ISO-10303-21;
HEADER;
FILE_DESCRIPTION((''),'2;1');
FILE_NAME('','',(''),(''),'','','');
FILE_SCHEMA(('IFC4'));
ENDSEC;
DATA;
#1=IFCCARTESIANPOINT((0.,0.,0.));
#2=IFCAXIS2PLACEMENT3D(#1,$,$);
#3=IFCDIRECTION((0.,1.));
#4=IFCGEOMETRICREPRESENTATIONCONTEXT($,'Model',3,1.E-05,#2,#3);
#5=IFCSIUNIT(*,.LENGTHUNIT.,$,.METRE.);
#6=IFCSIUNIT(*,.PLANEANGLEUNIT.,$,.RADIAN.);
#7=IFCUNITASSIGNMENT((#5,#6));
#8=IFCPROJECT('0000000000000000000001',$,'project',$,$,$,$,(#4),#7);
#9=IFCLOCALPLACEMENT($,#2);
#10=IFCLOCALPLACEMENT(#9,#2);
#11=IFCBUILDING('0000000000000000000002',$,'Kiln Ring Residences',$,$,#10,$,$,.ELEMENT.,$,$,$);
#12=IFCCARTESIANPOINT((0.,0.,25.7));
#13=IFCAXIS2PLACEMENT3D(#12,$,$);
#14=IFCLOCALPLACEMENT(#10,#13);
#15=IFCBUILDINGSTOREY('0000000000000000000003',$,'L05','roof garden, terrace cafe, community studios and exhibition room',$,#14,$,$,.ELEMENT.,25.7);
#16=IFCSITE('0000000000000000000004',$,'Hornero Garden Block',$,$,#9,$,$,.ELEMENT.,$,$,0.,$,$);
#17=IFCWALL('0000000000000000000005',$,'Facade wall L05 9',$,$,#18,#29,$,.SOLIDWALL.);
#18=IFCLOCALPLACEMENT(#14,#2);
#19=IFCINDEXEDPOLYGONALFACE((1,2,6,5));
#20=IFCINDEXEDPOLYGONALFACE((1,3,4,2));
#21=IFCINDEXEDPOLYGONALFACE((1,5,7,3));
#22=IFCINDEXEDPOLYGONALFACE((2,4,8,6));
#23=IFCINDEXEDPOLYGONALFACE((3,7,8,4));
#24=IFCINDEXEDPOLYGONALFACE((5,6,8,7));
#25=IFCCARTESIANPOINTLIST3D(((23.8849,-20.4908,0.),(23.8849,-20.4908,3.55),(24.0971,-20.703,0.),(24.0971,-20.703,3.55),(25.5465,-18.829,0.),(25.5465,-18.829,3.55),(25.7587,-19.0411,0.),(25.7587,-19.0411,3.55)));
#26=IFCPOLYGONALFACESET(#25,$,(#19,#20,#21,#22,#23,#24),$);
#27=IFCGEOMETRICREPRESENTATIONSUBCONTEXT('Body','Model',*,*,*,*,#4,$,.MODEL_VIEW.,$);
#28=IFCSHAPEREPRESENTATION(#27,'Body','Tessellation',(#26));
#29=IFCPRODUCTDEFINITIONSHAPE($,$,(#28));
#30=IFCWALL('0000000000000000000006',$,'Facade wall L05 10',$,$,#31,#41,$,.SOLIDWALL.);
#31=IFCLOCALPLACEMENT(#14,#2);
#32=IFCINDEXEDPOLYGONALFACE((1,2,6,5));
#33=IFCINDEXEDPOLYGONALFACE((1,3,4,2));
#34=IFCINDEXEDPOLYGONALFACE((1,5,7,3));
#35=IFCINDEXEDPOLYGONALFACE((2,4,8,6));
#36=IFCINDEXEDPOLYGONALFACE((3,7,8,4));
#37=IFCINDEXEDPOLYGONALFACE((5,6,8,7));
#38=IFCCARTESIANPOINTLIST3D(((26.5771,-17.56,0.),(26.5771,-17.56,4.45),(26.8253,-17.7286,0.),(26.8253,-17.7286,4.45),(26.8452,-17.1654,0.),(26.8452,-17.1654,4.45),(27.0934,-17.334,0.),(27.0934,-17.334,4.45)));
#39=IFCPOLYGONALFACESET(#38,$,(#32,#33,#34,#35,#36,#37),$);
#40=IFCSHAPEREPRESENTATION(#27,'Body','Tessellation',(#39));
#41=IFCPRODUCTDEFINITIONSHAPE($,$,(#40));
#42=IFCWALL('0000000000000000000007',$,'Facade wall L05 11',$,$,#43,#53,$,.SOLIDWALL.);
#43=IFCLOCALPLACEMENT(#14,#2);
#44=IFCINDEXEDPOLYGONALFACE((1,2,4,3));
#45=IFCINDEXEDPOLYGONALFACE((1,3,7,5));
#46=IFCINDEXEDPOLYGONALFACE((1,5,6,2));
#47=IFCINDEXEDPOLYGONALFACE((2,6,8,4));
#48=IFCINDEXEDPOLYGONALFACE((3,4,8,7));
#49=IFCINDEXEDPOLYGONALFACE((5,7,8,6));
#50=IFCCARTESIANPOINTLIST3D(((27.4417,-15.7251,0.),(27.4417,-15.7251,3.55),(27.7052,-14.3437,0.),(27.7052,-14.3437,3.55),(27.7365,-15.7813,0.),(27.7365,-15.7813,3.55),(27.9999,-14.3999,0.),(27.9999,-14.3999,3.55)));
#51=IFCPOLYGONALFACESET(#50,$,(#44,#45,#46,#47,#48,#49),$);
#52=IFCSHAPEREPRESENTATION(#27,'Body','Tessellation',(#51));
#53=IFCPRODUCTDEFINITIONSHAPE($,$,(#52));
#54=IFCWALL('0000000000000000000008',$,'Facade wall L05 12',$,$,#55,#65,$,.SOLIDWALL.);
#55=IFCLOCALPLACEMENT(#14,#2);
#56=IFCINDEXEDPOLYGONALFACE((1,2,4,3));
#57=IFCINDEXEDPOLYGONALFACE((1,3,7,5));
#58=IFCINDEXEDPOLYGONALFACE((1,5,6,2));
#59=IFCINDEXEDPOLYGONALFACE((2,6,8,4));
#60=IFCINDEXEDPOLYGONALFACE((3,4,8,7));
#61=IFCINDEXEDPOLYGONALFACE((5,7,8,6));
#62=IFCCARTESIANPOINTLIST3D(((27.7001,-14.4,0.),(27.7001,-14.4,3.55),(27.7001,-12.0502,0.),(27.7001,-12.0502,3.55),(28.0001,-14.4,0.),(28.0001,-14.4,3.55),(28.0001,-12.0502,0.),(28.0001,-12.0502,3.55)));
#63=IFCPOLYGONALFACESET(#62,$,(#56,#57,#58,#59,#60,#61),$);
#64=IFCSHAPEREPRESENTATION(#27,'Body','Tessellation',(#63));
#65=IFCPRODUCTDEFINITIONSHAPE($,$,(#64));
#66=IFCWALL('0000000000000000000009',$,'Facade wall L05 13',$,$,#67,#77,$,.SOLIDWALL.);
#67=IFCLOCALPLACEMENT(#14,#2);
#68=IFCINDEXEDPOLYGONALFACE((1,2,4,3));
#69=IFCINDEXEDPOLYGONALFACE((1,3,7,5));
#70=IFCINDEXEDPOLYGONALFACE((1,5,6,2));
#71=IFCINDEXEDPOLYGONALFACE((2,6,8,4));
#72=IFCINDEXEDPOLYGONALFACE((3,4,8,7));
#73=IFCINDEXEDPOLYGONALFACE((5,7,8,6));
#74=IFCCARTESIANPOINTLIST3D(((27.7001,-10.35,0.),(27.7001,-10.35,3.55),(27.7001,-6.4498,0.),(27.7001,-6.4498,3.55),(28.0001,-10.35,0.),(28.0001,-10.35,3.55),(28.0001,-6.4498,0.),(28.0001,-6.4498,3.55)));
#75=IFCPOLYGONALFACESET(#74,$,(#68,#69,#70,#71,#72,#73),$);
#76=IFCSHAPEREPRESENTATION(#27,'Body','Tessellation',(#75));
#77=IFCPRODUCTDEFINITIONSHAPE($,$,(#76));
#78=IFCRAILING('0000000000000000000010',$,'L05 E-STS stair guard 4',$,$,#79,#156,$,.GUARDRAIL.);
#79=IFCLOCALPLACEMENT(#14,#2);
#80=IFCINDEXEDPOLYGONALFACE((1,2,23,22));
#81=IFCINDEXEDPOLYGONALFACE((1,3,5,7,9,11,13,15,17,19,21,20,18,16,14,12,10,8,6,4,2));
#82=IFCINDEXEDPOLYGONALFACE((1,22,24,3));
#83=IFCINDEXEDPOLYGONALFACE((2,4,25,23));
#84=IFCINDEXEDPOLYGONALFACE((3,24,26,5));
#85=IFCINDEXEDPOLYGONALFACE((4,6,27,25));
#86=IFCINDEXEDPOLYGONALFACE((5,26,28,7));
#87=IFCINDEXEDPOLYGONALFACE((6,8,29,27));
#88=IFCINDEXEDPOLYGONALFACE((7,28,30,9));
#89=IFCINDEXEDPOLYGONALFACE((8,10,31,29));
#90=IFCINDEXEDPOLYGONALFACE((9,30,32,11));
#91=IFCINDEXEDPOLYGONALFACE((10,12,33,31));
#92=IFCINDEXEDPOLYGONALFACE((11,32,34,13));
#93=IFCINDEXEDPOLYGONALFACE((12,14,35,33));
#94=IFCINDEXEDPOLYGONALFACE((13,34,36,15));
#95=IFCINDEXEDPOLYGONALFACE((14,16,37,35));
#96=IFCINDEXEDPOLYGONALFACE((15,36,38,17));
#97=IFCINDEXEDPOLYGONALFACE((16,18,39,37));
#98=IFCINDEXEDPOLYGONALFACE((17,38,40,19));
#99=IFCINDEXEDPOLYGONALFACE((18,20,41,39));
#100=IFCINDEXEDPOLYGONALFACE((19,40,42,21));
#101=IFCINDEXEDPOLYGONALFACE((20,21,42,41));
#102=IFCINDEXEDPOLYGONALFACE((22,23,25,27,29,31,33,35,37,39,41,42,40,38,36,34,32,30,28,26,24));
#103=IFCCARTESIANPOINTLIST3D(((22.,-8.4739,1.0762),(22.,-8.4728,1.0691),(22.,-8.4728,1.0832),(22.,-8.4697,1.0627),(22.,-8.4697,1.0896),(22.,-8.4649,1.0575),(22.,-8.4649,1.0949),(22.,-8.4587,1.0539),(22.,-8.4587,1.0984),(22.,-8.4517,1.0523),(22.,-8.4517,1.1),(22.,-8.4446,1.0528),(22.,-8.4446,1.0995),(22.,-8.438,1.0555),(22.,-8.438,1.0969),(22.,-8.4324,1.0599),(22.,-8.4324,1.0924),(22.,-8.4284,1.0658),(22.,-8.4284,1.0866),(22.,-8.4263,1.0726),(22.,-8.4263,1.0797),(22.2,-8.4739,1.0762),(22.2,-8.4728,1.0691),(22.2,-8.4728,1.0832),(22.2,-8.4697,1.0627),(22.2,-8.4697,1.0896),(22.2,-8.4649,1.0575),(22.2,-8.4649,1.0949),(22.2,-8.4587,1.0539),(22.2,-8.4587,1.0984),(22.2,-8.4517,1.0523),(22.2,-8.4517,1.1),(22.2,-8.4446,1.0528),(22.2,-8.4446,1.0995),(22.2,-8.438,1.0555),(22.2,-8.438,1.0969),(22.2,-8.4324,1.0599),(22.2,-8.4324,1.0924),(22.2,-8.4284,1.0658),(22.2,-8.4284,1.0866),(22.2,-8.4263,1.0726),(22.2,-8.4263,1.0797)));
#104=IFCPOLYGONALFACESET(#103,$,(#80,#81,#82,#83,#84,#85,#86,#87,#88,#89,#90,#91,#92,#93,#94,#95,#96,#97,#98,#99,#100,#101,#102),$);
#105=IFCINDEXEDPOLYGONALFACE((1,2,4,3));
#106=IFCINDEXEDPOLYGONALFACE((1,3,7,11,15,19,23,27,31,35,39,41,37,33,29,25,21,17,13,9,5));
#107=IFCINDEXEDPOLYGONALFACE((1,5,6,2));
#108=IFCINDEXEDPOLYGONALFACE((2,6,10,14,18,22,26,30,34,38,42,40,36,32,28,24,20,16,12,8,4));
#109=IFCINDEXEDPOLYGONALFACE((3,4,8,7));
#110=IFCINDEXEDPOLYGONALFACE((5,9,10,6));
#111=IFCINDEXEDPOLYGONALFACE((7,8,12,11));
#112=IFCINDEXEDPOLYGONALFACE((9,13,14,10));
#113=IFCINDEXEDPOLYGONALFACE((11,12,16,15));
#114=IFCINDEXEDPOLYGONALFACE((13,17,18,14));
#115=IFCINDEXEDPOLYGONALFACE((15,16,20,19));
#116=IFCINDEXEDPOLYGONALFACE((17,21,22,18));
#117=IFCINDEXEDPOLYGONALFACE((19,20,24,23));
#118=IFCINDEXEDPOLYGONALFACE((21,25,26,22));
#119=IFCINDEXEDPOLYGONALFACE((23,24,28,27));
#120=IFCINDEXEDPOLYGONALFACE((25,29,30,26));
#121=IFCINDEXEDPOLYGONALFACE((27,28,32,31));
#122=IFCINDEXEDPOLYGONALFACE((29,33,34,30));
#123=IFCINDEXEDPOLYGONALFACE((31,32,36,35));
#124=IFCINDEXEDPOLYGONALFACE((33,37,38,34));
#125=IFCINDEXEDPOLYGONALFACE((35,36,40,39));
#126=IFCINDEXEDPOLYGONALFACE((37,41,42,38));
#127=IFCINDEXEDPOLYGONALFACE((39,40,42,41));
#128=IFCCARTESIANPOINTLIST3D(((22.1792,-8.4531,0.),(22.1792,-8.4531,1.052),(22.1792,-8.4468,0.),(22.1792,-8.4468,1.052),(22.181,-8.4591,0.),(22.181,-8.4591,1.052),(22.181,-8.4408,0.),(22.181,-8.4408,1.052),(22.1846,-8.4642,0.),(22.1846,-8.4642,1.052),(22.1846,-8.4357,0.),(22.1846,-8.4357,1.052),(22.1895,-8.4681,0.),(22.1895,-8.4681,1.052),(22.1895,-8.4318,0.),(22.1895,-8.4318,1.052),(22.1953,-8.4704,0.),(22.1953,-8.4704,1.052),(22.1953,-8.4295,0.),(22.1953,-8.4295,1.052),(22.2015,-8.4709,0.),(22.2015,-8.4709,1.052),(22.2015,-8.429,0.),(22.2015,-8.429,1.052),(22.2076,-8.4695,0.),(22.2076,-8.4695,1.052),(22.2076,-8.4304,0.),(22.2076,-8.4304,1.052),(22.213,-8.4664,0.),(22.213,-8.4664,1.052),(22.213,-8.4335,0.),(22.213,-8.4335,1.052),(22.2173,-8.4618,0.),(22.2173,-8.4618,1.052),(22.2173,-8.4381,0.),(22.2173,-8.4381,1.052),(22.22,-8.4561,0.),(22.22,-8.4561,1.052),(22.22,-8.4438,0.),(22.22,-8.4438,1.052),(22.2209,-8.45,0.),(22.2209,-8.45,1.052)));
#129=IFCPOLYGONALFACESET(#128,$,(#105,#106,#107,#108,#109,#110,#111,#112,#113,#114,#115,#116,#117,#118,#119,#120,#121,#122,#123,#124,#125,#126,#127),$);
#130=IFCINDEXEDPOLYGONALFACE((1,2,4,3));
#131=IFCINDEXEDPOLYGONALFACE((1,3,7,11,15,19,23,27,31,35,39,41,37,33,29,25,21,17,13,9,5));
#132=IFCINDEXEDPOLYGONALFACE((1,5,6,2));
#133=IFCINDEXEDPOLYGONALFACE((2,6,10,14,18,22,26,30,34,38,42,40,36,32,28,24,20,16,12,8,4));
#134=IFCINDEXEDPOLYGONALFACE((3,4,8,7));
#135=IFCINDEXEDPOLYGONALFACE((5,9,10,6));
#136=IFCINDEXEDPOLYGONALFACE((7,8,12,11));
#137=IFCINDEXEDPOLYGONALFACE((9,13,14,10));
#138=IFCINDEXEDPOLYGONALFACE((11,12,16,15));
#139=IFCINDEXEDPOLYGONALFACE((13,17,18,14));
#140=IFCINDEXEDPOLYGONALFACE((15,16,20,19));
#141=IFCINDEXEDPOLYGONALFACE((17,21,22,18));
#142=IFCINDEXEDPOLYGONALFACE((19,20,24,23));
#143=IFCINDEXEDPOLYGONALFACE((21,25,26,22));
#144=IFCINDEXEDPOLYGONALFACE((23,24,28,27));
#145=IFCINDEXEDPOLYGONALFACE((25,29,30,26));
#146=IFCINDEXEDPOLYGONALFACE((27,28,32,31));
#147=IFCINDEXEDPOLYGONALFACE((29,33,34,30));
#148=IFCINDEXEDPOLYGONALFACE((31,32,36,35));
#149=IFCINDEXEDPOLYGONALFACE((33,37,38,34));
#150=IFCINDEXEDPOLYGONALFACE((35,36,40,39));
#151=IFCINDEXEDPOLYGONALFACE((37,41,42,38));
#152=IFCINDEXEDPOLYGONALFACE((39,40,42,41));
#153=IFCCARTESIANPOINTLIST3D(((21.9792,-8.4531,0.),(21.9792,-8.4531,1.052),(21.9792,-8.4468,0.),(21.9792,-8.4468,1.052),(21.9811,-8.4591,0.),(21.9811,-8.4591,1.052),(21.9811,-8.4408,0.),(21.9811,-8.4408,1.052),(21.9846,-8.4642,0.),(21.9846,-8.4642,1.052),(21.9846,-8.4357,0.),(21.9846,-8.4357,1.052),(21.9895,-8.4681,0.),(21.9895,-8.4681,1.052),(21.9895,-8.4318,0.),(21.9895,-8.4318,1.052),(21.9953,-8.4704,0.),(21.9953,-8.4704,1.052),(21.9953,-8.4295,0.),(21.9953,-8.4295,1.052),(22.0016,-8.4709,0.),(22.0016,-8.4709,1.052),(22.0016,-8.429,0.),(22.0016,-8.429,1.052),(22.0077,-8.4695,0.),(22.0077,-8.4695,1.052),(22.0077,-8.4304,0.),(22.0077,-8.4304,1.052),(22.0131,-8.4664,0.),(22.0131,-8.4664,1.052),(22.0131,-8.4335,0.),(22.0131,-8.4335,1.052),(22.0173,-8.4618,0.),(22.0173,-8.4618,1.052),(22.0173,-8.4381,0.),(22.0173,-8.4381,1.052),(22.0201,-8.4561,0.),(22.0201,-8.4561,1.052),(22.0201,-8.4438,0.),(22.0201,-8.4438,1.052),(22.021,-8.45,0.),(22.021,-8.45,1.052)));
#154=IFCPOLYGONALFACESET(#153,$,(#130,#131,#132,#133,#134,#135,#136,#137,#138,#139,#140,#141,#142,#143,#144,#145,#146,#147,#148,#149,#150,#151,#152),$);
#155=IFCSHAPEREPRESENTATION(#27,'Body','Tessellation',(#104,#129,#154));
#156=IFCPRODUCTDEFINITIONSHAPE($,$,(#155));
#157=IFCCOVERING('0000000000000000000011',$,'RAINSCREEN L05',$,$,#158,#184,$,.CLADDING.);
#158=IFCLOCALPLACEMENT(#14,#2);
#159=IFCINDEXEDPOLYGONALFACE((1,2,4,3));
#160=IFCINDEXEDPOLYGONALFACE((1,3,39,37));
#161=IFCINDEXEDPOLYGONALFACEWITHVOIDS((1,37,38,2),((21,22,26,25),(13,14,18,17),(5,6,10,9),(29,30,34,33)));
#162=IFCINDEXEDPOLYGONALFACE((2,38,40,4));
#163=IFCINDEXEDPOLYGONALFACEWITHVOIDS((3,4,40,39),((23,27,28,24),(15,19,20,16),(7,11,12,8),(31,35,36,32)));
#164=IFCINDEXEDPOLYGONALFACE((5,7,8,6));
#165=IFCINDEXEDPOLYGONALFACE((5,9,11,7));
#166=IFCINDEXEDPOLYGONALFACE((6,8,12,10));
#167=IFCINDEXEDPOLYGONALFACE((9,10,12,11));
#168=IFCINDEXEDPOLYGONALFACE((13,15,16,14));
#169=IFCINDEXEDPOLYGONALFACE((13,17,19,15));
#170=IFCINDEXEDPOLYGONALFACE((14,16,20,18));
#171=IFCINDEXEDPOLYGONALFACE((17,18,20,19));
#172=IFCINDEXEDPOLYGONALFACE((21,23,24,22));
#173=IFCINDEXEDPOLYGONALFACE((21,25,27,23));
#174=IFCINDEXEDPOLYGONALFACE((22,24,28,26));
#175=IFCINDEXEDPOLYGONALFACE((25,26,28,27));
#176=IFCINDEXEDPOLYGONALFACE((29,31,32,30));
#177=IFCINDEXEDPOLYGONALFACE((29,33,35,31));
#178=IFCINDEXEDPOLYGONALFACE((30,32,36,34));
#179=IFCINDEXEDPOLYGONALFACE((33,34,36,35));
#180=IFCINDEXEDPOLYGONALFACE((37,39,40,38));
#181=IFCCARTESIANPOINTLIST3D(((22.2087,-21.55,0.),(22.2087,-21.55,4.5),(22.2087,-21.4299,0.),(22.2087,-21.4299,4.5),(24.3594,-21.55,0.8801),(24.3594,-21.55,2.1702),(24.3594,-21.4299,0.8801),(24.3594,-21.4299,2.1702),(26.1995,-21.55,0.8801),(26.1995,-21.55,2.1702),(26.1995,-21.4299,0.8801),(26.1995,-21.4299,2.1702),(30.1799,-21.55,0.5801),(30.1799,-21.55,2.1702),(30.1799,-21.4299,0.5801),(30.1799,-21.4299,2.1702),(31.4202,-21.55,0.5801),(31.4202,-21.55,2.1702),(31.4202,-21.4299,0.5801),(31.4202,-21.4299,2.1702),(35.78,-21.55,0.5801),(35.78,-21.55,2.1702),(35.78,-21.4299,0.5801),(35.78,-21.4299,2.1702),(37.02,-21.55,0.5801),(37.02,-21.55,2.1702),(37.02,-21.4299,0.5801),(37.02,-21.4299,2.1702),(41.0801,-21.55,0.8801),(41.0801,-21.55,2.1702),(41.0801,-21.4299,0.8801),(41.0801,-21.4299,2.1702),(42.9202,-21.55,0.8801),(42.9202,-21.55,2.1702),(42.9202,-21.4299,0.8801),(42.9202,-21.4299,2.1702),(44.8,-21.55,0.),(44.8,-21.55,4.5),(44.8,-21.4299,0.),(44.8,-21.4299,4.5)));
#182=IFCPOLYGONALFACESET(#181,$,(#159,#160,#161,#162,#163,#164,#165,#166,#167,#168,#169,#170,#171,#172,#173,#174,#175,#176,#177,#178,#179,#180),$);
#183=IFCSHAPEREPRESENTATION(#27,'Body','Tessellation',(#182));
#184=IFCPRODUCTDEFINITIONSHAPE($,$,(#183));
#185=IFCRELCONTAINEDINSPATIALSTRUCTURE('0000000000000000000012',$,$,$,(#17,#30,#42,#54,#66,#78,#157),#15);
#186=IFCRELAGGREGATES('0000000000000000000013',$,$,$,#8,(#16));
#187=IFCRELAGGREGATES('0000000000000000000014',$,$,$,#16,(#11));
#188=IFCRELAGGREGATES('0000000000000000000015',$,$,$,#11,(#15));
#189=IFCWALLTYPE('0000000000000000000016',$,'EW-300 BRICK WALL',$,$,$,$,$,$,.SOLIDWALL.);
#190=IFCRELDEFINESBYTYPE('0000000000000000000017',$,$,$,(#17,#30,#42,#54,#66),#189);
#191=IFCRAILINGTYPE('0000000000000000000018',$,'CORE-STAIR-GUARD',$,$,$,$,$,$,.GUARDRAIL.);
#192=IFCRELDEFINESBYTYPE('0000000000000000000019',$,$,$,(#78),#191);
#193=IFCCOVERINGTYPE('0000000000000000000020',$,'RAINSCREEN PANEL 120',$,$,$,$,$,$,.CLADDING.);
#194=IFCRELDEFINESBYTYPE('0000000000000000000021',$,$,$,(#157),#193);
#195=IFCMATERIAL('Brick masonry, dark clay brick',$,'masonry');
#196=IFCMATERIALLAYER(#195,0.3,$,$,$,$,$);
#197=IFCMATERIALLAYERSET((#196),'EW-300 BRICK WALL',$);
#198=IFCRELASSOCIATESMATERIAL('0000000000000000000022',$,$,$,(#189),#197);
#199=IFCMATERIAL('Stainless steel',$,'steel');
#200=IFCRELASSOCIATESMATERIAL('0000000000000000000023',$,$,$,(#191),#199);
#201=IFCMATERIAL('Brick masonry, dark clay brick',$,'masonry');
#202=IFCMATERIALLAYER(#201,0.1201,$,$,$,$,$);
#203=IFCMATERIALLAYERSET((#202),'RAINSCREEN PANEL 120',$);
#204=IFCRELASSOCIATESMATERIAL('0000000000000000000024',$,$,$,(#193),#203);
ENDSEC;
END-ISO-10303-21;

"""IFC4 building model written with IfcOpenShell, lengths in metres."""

from ifc_helpers import new_model, si_unit, direction, frame, frame_2d, origin, origin_2d, place, context, subcontext, project, spatial, polyline, rectangle, circle, outline, extrude, material, layer, layer_set, type_object, element, save


model = new_model("IFC4")

# Units and contexts
model_context = context("Model", 3, precision=1e-05, world=origin(), true_north=direction((0.0, 1.0)))
body_context = subcontext(model_context, "Body", "Model", "MODEL_VIEW")
ifc_project = project(units=[si_unit("LENGTHUNIT", "METRE"), si_unit("PLANEANGLEUNIT", "RADIAN")], contexts=[model_context])

# Site, building, storey
site_placement = place(None, origin())
site = spatial("IfcSite", under=ifc_project, at=site_placement, Name="Hornero Garden Block", CompositionType="ELEMENT", RefElevation=0.0)
building_placement = place(site_placement, origin())
building = spatial("IfcBuilding", under=site, at=building_placement, Name="Kiln Ring Residences", CompositionType="ELEMENT")
storey_placement = place(building_placement, frame((0.0, 0.0, 25.7)))
storey = spatial("IfcBuildingStorey", under=building, at=storey_placement, Name="L05", Description="roof garden, terrace cafe, community studios and exhibition room", CompositionType="ELEMENT", Elevation=25.7)

# Walls
ifc_material_1 = material(Name="Brick masonry, dark clay brick", Category="masonry")
ifc_layer_1 = layer(ifc_material_1, 0.3)
ifc_layer_set_1 = layer_set([ifc_layer_1], Name="EW-300 BRICK WALL")
wall_type_1 = type_object("IfcWallType", Name="EW-300 BRICK WALL", PredefinedType="SOLIDWALL", material=ifc_layer_set_1)
wall_1_placement = place(storey_placement, frame((23.991, -20.5969, 0.0), z_axis=(0.0, 0.0, 1.0), x_axis=(0.707055, 0.707159, 0.0)))
element("IfcWall", 1, at=wall_1_placement, inside=storey, type_object=wall_type_1, Name="Facade wall L05 9", PredefinedType="SOLIDWALL", context=body_context, shape_type="SweptSolid", body=[
    extrude(rectangle(XDim=2.3501, YDim=0.3, at=frame_2d((1.175, 0.0))), origin(), (0.0, 0.0, 1.0), 3.55),
])
wall_2_placement = place(storey_placement, frame((26.7012, -17.6443, 0.0), z_axis=(0.0, 0.0, 1.0), x_axis=(0.562002, 0.827136, 0.0)))
element("IfcWall", 2, at=wall_2_placement, inside=storey, type_object=wall_type_1, Name="Facade wall L05 10", PredefinedType="SOLIDWALL", context=body_context, shape_type="SweptSolid", body=[
    extrude(rectangle(XDim=0.4771, YDim=0.3, at=frame_2d((0.2385, 0.0))), origin(), (0.0, 0.0, 1.0), 4.45),
])
wall_3_placement = place(storey_placement, frame((27.5891, -15.7532, 0.0), z_axis=(0.0, 0.0, 1.0), x_axis=(0.187328, 0.982298, 0.0)))
element("IfcWall", 3, at=wall_3_placement, inside=storey, type_object=wall_type_1, Name="Facade wall L05 11", PredefinedType="SOLIDWALL", context=body_context, shape_type="SweptSolid", body=[
    extrude(rectangle(XDim=1.4062, YDim=0.3, at=frame_2d((0.7031, 0.0))), origin(), (0.0, 0.0, 1.0), 3.55),
])
wall_4_placement = place(storey_placement, frame((27.8501, -14.3999, 0.0), z_axis=(0.0, 0.0, 1.0), x_axis=(0.0, 1.0, 0.0)))
element("IfcWall", 4, at=wall_4_placement, inside=storey, type_object=wall_type_1, Name="Facade wall L05 12", PredefinedType="SOLIDWALL", context=body_context, shape_type="SweptSolid", body=[
    extrude(rectangle(XDim=2.3499, YDim=0.3, at=frame_2d((1.1748, 0.0))), origin(), (0.0, 0.0, 1.0), 3.55),
])
wall_5_placement = place(storey_placement, frame((27.8501, -10.3501, 0.0), z_axis=(0.0, 0.0, 1.0), x_axis=(0.0, 1.0, 0.0)))
element("IfcWall", 5, at=wall_5_placement, inside=storey, type_object=wall_type_1, Name="Facade wall L05 13", PredefinedType="SOLIDWALL", context=body_context, shape_type="SweptSolid", body=[
    extrude(rectangle(XDim=3.9001, YDim=0.3, at=frame_2d((1.9502, 0.0))), origin(), (0.0, 0.0, 1.0), 3.55),
])

# Railing
ifc_material_2 = material(Name="Stainless steel", Category="steel")
railing_type = type_object("IfcRailingType", Name="CORE-STAIR-GUARD", PredefinedType="GUARDRAIL", material=ifc_material_2)
railing_placement = place(storey_placement, frame((22.2, -8.45, 0.0)))
element("IfcRailing", 6, at=railing_placement, inside=storey, type_object=railing_type, Name="L05 E-STS stair guard 4", PredefinedType="GUARDRAIL", context=body_context, shape_type="SweptSolid", body=[
    extrude(circle(Radius=0.0239, at=origin_2d()), frame((0.0, 0.0, 1.0762), z_axis=(-1.0, 0.0, 0.0), x_axis=(0.0, -1.0, 0.0)), (0.0, 0.0, 1.0), 0.2),
    extrude(circle(Radius=0.021, at=origin_2d()), origin(), (0.0, 0.0, 1.0), 1.052),
    extrude(circle(Radius=0.021, at=origin_2d()), frame((-0.2, 0.0, 0.0)), (0.0, 0.0, 1.0), 1.052),
])

# Covering
ifc_material_3 = material(Name="Brick masonry, dark clay brick", Category="masonry")
ifc_layer_2 = layer(ifc_material_3, 0.1201)
ifc_layer_set_2 = layer_set([ifc_layer_2], Name="RAINSCREEN PANEL 120")
covering_type = type_object("IfcCoveringType", Name="RAINSCREEN PANEL 120", PredefinedType="CLADDING", material=ifc_layer_set_2)
covering_1_placement = place(storey_placement, frame((44.8, -21.49, 0.0), z_axis=(0.0, 0.0, 1.0), x_axis=(-1.0, 0.0, 0.0)))
element("IfcCovering", 7, at=covering_1_placement, inside=storey, type_object=covering_type, Name="RAINSCREEN L05", PredefinedType="CLADDING", context=body_context, shape_type="SweptSolid", body=[
    extrude(outline(polyline([(0.0, 0.0), (22.5913, 0.0), (22.5913, 4.5), (0.0, 4.5), (0.0, 0.0)]), holes=[polyline([(9.02, 0.5801), (9.02, 2.1702), (7.78, 2.1702), (7.78, 0.5801), (9.02, 0.5801)]), polyline([(14.6201, 0.5801), (14.6201, 2.1702), (13.3799, 2.1702), (13.3799, 0.5801), (14.6201, 0.5801)]), polyline([(3.72, 0.8801), (3.72, 2.1702), (1.8799, 2.1702), (1.8799, 0.8801), (3.72, 0.8801)]), polyline([(20.4407, 0.8801), (20.4407, 2.1702), (18.6006, 2.1702), (18.6006, 0.8801), (20.4407, 0.8801)])]), frame((0.0, 0.0601, 0.0), z_axis=(0.0, -1.0, 0.0), x_axis=(1.0, 0.0, 0.0)), (0.0, 0.0, 1.0), 0.1201),
])

save(model, "model.ifc")
